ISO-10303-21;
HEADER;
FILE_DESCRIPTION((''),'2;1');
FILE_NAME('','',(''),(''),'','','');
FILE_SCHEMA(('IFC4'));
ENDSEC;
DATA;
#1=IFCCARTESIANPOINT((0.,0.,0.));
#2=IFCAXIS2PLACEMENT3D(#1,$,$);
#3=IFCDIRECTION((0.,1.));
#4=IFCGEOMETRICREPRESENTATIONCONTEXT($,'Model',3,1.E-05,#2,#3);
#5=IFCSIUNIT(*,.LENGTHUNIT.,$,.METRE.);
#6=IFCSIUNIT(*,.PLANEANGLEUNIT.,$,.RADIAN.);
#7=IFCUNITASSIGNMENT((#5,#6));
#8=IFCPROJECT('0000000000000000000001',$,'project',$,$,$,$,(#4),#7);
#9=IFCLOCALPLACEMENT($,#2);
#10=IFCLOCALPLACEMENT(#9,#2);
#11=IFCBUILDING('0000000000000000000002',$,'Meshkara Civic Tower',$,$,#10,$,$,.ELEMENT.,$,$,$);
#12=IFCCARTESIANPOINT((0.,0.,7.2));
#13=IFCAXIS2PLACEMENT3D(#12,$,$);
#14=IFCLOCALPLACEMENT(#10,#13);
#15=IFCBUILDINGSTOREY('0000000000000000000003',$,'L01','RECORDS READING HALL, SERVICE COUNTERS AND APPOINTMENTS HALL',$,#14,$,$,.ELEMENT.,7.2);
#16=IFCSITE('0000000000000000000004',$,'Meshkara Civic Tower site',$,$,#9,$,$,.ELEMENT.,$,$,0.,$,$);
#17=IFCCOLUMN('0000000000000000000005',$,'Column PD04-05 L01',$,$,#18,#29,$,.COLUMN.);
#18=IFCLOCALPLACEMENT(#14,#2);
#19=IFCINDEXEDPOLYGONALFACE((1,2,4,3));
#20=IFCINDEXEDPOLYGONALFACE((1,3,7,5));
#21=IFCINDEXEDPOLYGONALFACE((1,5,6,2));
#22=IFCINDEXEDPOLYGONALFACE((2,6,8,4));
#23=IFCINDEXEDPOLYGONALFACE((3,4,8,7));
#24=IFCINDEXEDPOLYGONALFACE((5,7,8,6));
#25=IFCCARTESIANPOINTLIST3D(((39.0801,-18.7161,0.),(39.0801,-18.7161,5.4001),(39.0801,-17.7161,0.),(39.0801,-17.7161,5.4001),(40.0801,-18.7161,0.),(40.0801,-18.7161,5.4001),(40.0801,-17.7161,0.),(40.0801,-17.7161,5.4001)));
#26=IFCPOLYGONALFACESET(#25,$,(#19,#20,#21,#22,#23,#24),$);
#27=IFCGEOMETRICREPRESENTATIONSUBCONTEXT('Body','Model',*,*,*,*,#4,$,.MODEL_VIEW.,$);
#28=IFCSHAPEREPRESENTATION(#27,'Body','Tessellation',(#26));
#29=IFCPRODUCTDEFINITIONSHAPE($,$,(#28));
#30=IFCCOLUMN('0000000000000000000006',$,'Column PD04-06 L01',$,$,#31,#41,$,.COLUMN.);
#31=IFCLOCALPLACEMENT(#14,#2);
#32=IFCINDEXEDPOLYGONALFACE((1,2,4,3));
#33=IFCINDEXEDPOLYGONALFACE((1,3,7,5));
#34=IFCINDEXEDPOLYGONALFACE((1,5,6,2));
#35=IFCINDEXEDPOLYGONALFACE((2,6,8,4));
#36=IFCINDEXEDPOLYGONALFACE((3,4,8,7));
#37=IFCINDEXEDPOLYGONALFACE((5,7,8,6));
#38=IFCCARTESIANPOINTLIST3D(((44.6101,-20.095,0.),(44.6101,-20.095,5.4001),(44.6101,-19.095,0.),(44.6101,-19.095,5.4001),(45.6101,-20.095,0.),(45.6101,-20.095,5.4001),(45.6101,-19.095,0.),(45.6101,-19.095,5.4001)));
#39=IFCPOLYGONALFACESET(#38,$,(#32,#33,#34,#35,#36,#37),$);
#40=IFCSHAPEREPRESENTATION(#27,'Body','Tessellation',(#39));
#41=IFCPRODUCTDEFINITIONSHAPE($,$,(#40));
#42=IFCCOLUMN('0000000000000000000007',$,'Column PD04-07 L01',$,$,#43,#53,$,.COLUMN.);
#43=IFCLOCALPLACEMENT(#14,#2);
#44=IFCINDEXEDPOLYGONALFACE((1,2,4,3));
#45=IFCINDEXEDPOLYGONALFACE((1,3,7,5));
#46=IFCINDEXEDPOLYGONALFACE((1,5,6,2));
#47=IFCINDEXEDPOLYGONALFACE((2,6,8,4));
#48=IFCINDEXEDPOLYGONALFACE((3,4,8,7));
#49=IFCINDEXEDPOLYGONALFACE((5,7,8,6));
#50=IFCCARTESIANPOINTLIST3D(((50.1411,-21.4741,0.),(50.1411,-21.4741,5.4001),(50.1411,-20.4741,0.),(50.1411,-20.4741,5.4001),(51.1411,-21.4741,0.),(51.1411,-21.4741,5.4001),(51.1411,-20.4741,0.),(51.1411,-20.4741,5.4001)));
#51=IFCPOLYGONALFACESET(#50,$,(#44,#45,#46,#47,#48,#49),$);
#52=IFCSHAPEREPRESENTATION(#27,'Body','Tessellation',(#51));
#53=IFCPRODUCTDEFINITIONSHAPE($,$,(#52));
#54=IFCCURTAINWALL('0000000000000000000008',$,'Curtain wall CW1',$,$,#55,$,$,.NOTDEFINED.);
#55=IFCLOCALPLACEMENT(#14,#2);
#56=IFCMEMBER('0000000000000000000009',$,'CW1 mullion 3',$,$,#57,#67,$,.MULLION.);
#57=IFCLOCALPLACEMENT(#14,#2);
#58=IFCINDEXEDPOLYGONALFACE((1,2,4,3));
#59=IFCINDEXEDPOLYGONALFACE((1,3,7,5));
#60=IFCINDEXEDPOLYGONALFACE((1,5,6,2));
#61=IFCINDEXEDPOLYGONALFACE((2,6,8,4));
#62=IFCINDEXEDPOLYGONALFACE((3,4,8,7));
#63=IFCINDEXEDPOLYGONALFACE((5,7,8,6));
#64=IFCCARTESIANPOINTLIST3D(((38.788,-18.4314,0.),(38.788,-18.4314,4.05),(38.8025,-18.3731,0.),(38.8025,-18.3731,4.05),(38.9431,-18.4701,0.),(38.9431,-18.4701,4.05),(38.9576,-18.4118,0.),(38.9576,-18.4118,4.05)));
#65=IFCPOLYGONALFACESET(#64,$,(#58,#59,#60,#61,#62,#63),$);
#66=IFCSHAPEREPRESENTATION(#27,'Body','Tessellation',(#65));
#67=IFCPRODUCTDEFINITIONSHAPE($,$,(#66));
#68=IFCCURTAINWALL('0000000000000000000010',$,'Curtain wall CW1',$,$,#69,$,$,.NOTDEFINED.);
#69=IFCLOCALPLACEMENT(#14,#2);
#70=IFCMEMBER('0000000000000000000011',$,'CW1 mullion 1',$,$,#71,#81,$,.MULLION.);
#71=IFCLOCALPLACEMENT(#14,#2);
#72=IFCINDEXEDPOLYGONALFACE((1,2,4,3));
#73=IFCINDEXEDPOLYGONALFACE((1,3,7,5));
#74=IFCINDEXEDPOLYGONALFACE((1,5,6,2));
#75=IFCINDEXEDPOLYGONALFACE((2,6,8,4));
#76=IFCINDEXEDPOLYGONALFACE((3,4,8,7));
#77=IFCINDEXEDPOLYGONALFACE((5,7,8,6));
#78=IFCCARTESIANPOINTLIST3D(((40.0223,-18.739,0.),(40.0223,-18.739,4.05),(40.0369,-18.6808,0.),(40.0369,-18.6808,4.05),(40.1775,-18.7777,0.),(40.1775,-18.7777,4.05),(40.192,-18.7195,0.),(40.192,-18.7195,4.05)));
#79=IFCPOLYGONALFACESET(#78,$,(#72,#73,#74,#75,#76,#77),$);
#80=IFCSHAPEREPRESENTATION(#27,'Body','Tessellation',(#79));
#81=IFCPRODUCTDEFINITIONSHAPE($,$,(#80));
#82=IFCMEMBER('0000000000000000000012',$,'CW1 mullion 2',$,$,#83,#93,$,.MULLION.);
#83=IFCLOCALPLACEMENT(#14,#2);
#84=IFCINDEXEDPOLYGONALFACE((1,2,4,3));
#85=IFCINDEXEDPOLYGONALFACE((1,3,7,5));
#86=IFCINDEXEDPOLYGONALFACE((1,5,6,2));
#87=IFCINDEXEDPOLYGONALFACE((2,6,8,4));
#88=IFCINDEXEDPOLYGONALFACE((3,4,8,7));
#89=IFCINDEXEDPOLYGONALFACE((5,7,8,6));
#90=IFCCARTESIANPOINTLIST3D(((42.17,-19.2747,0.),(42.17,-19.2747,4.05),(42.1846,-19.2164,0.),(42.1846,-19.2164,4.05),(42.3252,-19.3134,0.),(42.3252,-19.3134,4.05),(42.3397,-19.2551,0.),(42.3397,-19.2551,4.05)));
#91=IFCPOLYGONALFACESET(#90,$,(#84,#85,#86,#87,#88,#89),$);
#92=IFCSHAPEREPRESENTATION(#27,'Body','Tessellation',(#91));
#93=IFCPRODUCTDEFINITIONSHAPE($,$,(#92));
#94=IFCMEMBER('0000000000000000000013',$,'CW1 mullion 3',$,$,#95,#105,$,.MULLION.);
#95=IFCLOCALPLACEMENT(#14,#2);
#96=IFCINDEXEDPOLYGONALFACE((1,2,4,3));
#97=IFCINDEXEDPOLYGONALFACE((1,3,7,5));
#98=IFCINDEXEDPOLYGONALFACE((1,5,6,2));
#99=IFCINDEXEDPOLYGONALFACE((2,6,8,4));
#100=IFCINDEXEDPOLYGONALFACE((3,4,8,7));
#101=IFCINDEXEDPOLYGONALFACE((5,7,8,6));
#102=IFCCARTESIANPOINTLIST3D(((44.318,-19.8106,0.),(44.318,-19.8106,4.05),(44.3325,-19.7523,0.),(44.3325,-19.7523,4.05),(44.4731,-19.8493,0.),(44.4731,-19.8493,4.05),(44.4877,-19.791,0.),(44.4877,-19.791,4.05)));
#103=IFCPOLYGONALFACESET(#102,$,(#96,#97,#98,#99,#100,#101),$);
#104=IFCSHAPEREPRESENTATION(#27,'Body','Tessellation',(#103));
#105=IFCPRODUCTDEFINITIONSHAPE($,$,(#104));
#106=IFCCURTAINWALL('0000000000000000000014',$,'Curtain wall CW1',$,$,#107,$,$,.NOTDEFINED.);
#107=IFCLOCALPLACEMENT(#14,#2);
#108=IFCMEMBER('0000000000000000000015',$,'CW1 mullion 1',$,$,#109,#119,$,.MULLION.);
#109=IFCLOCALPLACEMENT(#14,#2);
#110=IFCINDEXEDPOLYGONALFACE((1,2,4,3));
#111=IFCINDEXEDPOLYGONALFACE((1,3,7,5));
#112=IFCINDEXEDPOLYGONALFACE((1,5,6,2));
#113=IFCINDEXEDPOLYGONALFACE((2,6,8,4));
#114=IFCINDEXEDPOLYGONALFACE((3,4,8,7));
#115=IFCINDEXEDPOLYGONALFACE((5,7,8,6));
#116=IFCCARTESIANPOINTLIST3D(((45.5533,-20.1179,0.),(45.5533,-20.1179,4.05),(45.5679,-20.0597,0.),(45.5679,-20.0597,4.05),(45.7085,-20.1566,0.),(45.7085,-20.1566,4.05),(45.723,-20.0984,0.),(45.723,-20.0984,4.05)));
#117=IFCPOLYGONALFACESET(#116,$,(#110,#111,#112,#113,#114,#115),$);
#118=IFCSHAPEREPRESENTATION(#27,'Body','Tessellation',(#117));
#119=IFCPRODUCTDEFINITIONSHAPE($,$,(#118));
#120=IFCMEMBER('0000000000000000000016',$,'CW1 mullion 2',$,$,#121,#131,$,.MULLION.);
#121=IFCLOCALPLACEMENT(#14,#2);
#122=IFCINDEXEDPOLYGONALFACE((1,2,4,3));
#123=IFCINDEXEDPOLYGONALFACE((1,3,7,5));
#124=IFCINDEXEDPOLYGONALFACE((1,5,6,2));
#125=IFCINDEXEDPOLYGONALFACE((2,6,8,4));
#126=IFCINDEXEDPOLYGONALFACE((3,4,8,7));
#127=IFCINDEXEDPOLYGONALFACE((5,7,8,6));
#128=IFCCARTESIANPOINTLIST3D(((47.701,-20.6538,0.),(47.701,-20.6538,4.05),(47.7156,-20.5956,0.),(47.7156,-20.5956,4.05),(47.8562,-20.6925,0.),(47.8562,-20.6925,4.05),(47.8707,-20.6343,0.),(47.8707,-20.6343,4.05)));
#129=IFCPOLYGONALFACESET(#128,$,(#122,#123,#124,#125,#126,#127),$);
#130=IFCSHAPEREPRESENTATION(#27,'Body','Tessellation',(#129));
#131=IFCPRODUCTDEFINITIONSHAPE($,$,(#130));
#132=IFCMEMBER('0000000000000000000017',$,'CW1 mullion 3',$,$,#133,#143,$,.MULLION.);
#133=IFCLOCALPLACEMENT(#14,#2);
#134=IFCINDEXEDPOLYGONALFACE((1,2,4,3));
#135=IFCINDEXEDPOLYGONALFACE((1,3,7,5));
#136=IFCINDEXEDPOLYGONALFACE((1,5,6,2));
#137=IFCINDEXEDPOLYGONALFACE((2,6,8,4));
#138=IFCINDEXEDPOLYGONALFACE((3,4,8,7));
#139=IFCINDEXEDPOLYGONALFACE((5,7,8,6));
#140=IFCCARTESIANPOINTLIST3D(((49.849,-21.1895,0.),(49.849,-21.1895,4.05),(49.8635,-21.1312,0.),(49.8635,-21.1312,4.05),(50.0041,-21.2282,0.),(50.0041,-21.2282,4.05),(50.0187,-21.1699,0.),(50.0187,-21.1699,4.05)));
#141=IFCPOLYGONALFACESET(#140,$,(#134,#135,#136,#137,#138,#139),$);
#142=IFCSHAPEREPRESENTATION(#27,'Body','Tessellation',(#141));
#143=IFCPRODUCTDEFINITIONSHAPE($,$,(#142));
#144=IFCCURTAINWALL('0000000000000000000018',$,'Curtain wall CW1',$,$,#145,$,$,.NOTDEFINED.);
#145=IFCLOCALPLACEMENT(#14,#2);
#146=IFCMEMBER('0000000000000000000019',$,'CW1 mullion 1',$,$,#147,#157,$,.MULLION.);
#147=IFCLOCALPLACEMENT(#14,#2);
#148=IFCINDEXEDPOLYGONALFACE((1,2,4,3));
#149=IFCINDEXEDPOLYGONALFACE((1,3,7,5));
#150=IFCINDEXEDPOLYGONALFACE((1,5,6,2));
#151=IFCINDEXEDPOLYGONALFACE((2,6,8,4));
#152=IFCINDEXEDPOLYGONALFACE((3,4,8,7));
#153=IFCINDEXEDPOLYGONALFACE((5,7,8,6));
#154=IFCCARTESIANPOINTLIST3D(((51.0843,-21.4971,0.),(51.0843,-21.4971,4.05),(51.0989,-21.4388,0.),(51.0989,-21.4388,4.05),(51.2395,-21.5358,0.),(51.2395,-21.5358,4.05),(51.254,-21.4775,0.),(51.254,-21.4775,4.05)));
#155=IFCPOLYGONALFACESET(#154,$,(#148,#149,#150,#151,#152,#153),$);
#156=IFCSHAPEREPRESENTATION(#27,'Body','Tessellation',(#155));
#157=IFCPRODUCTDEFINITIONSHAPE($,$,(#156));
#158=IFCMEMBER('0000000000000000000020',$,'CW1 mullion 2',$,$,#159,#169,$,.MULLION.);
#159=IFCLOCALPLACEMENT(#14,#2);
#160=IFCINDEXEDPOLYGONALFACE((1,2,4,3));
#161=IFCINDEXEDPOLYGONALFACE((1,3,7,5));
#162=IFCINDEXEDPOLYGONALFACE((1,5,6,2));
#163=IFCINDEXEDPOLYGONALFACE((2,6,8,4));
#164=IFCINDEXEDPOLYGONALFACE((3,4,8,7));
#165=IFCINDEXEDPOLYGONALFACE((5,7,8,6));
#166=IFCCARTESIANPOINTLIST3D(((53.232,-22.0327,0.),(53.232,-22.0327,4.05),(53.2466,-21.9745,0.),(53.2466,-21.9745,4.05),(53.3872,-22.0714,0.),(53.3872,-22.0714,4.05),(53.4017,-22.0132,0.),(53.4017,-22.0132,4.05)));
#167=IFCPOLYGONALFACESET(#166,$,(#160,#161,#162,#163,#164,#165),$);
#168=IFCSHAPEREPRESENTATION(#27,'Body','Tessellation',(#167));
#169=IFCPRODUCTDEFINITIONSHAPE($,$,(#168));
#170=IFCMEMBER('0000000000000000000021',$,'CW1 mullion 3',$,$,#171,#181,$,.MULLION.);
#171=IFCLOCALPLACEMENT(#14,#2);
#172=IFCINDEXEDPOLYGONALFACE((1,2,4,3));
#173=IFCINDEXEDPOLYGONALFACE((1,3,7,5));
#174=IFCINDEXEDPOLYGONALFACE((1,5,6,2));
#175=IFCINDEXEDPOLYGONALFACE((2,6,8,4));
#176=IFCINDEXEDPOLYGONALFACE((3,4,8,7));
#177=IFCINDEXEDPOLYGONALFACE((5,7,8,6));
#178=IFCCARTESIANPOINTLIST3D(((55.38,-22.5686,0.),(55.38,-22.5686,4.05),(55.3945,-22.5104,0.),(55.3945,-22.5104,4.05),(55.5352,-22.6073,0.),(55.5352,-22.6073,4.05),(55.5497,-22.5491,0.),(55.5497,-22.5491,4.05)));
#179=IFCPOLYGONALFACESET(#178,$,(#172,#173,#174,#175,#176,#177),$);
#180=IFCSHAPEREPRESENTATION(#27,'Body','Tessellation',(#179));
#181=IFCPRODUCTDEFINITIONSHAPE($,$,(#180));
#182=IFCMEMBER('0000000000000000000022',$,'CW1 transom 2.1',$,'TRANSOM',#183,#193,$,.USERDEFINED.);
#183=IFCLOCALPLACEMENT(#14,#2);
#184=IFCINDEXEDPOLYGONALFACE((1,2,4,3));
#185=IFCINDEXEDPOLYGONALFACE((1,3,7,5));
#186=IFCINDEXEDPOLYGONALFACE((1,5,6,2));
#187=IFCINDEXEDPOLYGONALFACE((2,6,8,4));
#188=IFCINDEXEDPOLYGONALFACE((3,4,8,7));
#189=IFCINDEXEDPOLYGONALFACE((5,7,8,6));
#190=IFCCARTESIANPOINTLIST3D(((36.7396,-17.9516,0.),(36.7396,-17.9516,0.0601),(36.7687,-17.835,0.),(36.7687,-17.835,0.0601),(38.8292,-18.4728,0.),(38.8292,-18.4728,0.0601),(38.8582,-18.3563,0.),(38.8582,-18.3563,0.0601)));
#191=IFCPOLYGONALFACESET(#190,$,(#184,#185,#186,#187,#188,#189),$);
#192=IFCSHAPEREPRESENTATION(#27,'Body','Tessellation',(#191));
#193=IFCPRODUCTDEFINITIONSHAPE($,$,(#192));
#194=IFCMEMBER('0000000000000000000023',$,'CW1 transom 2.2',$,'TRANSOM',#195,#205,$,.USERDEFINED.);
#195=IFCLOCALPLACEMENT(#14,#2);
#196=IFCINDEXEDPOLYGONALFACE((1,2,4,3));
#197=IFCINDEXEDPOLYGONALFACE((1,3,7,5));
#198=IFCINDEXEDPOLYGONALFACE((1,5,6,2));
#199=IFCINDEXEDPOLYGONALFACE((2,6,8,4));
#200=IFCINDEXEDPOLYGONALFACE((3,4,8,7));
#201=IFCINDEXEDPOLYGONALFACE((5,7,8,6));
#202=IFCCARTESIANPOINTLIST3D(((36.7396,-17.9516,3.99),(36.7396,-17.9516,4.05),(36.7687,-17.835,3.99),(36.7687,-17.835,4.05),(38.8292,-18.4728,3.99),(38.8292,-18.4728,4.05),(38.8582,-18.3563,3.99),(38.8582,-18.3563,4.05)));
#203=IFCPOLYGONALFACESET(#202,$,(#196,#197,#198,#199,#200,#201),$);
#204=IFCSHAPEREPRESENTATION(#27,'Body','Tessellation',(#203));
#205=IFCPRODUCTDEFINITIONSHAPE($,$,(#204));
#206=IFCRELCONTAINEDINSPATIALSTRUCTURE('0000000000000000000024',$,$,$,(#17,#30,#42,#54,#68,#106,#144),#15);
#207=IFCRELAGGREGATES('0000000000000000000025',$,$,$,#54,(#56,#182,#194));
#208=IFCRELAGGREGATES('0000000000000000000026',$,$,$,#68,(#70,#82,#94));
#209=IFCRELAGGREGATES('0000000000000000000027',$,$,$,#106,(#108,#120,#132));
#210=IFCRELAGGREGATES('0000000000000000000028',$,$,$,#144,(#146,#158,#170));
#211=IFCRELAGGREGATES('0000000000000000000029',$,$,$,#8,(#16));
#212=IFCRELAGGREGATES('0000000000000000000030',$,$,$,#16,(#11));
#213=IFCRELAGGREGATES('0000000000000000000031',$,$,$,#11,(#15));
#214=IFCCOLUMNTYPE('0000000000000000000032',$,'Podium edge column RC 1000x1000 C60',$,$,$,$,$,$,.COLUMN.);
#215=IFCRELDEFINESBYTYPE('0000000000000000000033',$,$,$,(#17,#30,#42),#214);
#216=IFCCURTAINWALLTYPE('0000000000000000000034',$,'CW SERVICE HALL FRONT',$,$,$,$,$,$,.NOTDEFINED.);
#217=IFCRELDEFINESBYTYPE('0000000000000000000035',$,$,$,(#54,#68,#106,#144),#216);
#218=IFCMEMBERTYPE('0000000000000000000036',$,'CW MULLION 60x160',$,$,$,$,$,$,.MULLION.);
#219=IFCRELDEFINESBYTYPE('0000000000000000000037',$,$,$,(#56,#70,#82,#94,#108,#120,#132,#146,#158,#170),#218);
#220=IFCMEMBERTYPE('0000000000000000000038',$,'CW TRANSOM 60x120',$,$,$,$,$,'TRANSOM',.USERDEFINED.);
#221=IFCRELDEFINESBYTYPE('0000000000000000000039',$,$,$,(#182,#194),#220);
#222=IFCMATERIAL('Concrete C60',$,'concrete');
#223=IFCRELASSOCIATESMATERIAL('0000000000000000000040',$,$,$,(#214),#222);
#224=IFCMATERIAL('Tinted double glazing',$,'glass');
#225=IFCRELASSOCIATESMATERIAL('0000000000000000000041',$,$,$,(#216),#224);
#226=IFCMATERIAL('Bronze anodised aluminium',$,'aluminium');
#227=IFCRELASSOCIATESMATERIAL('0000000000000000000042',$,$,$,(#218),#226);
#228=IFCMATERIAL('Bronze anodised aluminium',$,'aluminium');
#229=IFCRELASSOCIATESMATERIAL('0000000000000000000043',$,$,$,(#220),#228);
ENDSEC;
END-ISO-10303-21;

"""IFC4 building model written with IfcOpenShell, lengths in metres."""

from ifc_helpers import new_model, si_unit, direction, frame, origin, origin_2d, place, context, subcontext, project, spatial, rectangle, extrude, material, material_profile, profile_set, type_object, element, aggregate, save


model = new_model("IFC4")

# Units and contexts
model_context = context("Model", 3, precision=1e-05, world=origin(), true_north=direction((0.0, 1.0)))
body_context = subcontext(model_context, "Body", "Model", "MODEL_VIEW")
ifc_project = project(units=[si_unit("LENGTHUNIT", "METRE"), si_unit("PLANEANGLEUNIT", "RADIAN")], contexts=[model_context])

# Site, building, storey
site_placement = place(None, origin())
site = spatial("IfcSite", under=ifc_project, at=site_placement, Name="Meshkara Civic Tower site", CompositionType="ELEMENT", RefElevation=0.0)
building_placement = place(site_placement, origin())
building = spatial("IfcBuilding", under=site, at=building_placement, Name="Meshkara Civic Tower", CompositionType="ELEMENT")
storey_placement = place(building_placement, frame((0.0, 0.0, 7.2)))
storey = spatial("IfcBuildingStorey", under=building, at=storey_placement, Name="L01", Description="RECORDS READING HALL, SERVICE COUNTERS AND APPOINTMENTS HALL", CompositionType="ELEMENT", Elevation=7.2)

# Columns
ifc_material_1 = material(Name="Concrete C60", Category="concrete")
ifc_material_profile_1 = material_profile(ifc_material_1, rectangle(XDim=1.0, YDim=1.0, at=origin_2d()))
ifc_profile_set_1 = profile_set([ifc_material_profile_1], Name="Concrete C60")
column_type = type_object("IfcColumnType", Name="Podium edge column RC 1000x1000 C60", PredefinedType="COLUMN", material=ifc_profile_set_1)
for number, where, z_axis, x_axis, name in (
    (1, (39.5801, -18.2161, 0.0), (0.0, 0.0, 1.0), (1.0, 0.0, 0.0), "Column PD04-05 L01"),
    (2, (45.1101, -19.595, 0.0), (0.0, 0.0, 1.0), (1.0, 0.0, 0.0), "Column PD04-06 L01"),
    (3, (50.6411, -20.9741, 0.0), (0.0, 0.0, 1.0), (1.0, 0.0, 0.0), "Column PD04-07 L01"),
):
    element("IfcColumn", number, at=place(storey_placement, frame(where, z_axis=z_axis, x_axis=x_axis)), inside=storey, type_object=column_type, Name=name, PredefinedType="COLUMN", context=body_context, shape_type="SweptSolid", body=[
        extrude(rectangle(XDim=1.0, YDim=1.0, at=origin_2d()), origin(), (0.0, 0.0, 1.0), 5.4001),
    ])

# Curtain wall, member
ifc_material_2 = material(Name="Tinted double glazing", Category="glass")
curtain_wall_type = type_object("IfcCurtainWallType", Name="CW SERVICE HALL FRONT", PredefinedType="NOTDEFINED", material=ifc_material_2)
curtain_wall_1_placement = place(storey_placement, origin())
curtain_wall_1 = element("IfcCurtainWall", 4, at=curtain_wall_1_placement, inside=storey, type_object=curtain_wall_type, Name="Curtain wall CW1", PredefinedType="NOTDEFINED")
ifc_material_3 = material(Name="Bronze anodised aluminium", Category="aluminium")
ifc_material_profile_2 = material_profile(ifc_material_3, rectangle(XDim=0.0601, YDim=0.1599, at=origin_2d()))
ifc_profile_set_2 = profile_set([ifc_material_profile_2], Name="Bronze anodised aluminium")
member_type_1 = type_object("IfcMemberType", Name="CW MULLION 60x160", PredefinedType="MULLION", material=ifc_profile_set_2)
member_1_placement = place(storey_placement, frame((38.8728, -18.4216, 0.0), z_axis=(0.0, 0.0, 1.0), x_axis=(0.242011, 0.970273, 0.0)))
member_1 = element("IfcMember", 5, at=member_1_placement, type_object=member_type_1, Name="CW1 mullion 3", PredefinedType="MULLION", context=body_context, shape_type="SweptSolid", body=[
    extrude(rectangle(XDim=0.0601, YDim=0.1599, at=origin_2d()), origin(), (0.0, 0.0, 1.0), 4.05),
])

# Curtain walls, members
curtain_wall_2_placement = place(storey_placement, origin())
curtain_wall_2 = element("IfcCurtainWall", 6, at=curtain_wall_2_placement, inside=storey, type_object=curtain_wall_type, Name="Curtain wall CW1", PredefinedType="NOTDEFINED")
member_2_placement = place(storey_placement, frame((40.1072, -18.7292, 0.0), z_axis=(0.0, 0.0, 1.0), x_axis=(0.242011, 0.970273, 0.0)))
member_2 = element("IfcMember", 7, at=member_2_placement, type_object=member_type_1, Name="CW1 mullion 1", PredefinedType="MULLION", context=body_context, shape_type="SweptSolid", body=[
    extrude(rectangle(XDim=0.0601, YDim=0.1599, at=origin_2d()), origin(), (0.0, 0.0, 1.0), 4.05),
])
member_3_placement = place(storey_placement, frame((42.2549, -19.2649, 0.0), z_axis=(0.0, 0.0, 1.0), x_axis=(0.242011, 0.970273, 0.0)))
member_3 = element("IfcMember", 8, at=member_3_placement, type_object=member_type_1, Name="CW1 mullion 2", PredefinedType="MULLION", context=body_context, shape_type="SweptSolid", body=[
    extrude(rectangle(XDim=0.0601, YDim=0.1599, at=origin_2d()), origin(), (0.0, 0.0, 1.0), 4.05),
])
member_4_placement = place(storey_placement, frame((44.4028, -19.8008, 0.0), z_axis=(0.0, 0.0, 1.0), x_axis=(0.242011, 0.970273, 0.0)))
member_4 = element("IfcMember", 9, at=member_4_placement, type_object=member_type_1, Name="CW1 mullion 3", PredefinedType="MULLION", context=body_context, shape_type="SweptSolid", body=[
    extrude(rectangle(XDim=0.0601, YDim=0.1599, at=origin_2d()), origin(), (0.0, 0.0, 1.0), 4.05),
])
curtain_wall_3_placement = place(storey_placement, origin())
curtain_wall_3 = element("IfcCurtainWall", 10, at=curtain_wall_3_placement, inside=storey, type_object=curtain_wall_type, Name="Curtain wall CW1", PredefinedType="NOTDEFINED")
member_5_placement = place(storey_placement, frame((45.6382, -20.1082, 0.0), z_axis=(0.0, 0.0, 1.0), x_axis=(0.242011, 0.970273, 0.0)))
member_5 = element("IfcMember", 11, at=member_5_placement, type_object=member_type_1, Name="CW1 mullion 1", PredefinedType="MULLION", context=body_context, shape_type="SweptSolid", body=[
    extrude(rectangle(XDim=0.0601, YDim=0.1599, at=origin_2d()), origin(), (0.0, 0.0, 1.0), 4.05),
])
member_6_placement = place(storey_placement, frame((47.7859, -20.644, 0.0), z_axis=(0.0, 0.0, 1.0), x_axis=(0.242011, 0.970273, 0.0)))
member_6 = element("IfcMember", 12, at=member_6_placement, type_object=member_type_1, Name="CW1 mullion 2", PredefinedType="MULLION", context=body_context, shape_type="SweptSolid", body=[
    extrude(rectangle(XDim=0.0601, YDim=0.1599, at=origin_2d()), origin(), (0.0, 0.0, 1.0), 4.05),
])
member_7_placement = place(storey_placement, frame((49.9338, -21.1797, 0.0), z_axis=(0.0, 0.0, 1.0), x_axis=(0.242011, 0.970273, 0.0)))
member_7 = element("IfcMember", 13, at=member_7_placement, type_object=member_type_1, Name="CW1 mullion 3", PredefinedType="MULLION", context=body_context, shape_type="SweptSolid", body=[
    extrude(rectangle(XDim=0.0601, YDim=0.1599, at=origin_2d()), origin(), (0.0, 0.0, 1.0), 4.05),
])
curtain_wall_4_placement = place(storey_placement, origin())
curtain_wall_4 = element("IfcCurtainWall", 14, at=curtain_wall_4_placement, inside=storey, type_object=curtain_wall_type, Name="Curtain wall CW1", PredefinedType="NOTDEFINED")
member_8_placement = place(storey_placement, frame((51.1692, -21.4873, 0.0), z_axis=(0.0, 0.0, 1.0), x_axis=(0.242011, 0.970273, 0.0)))
member_8 = element("IfcMember", 15, at=member_8_placement, type_object=member_type_1, Name="CW1 mullion 1", PredefinedType="MULLION", context=body_context, shape_type="SweptSolid", body=[
    extrude(rectangle(XDim=0.0601, YDim=0.1599, at=origin_2d()), origin(), (0.0, 0.0, 1.0), 4.05),
])
member_9_placement = place(storey_placement, frame((53.3169, -22.0229, 0.0), z_axis=(0.0, 0.0, 1.0), x_axis=(0.242011, 0.970273, 0.0)))
member_9 = element("IfcMember", 16, at=member_9_placement, type_object=member_type_1, Name="CW1 mullion 2", PredefinedType="MULLION", context=body_context, shape_type="SweptSolid", body=[
    extrude(rectangle(XDim=0.0601, YDim=0.1599, at=origin_2d()), origin(), (0.0, 0.0, 1.0), 4.05),
])
member_10_placement = place(storey_placement, frame((55.4648, -22.5588, 0.0), z_axis=(0.0, 0.0, 1.0), x_axis=(0.242011, 0.970273, 0.0)))
member_10 = element("IfcMember", 17, at=member_10_placement, type_object=member_type_1, Name="CW1 mullion 3", PredefinedType="MULLION", context=body_context, shape_type="SweptSolid", body=[
    extrude(rectangle(XDim=0.0601, YDim=0.1599, at=origin_2d()), origin(), (0.0, 0.0, 1.0), 4.05),
])

# Members
ifc_material_4 = material(Name="Bronze anodised aluminium", Category="aluminium")
ifc_material_profile_3 = material_profile(ifc_material_4, rectangle(XDim=0.1201, YDim=0.0601, at=origin_2d()))
ifc_profile_set_3 = profile_set([ifc_material_profile_3], Name="Bronze anodised aluminium")
member_type_2 = type_object("IfcMemberType", Name="CW TRANSOM 60x120", ElementType="TRANSOM", PredefinedType="USERDEFINED", material=ifc_profile_set_3)
member_11_placement = place(storey_placement, frame((36.7542, -17.8933, 0.03), z_axis=(0.970269, -0.242029, 0.0), x_axis=(0.242029, 0.970269, 0.0)))
member_11 = element("IfcMember", 18, at=member_11_placement, type_object=member_type_2, Name="CW1 transom 2.1", ObjectType="TRANSOM", PredefinedType="USERDEFINED", context=body_context, shape_type="SweptSolid", body=[
    extrude(rectangle(XDim=0.1201, YDim=0.0601, at=origin_2d()), origin(), (0.0, 0.0, 1.0), 2.1536),
])
member_12_placement = place(storey_placement, frame((36.7542, -17.8933, 4.02), z_axis=(0.970269, -0.242029, 0.0), x_axis=(0.242029, 0.970269, 0.0)))
member_12 = element("IfcMember", 19, at=member_12_placement, type_object=member_type_2, Name="CW1 transom 2.2", ObjectType="TRANSOM", PredefinedType="USERDEFINED", context=body_context, shape_type="SweptSolid", body=[
    extrude(rectangle(XDim=0.1201, YDim=0.0601, at=origin_2d()), origin(), (0.0, 0.0, 1.0), 2.1536),
])

aggregate(curtain_wall_1, [member_1, member_11, member_12])
aggregate(curtain_wall_2, [member_2, member_3, member_4])
aggregate(curtain_wall_3, [member_5, member_6, member_7])
aggregate(curtain_wall_4, [member_8, member_9, member_10])

save(model, "model.ifc")
